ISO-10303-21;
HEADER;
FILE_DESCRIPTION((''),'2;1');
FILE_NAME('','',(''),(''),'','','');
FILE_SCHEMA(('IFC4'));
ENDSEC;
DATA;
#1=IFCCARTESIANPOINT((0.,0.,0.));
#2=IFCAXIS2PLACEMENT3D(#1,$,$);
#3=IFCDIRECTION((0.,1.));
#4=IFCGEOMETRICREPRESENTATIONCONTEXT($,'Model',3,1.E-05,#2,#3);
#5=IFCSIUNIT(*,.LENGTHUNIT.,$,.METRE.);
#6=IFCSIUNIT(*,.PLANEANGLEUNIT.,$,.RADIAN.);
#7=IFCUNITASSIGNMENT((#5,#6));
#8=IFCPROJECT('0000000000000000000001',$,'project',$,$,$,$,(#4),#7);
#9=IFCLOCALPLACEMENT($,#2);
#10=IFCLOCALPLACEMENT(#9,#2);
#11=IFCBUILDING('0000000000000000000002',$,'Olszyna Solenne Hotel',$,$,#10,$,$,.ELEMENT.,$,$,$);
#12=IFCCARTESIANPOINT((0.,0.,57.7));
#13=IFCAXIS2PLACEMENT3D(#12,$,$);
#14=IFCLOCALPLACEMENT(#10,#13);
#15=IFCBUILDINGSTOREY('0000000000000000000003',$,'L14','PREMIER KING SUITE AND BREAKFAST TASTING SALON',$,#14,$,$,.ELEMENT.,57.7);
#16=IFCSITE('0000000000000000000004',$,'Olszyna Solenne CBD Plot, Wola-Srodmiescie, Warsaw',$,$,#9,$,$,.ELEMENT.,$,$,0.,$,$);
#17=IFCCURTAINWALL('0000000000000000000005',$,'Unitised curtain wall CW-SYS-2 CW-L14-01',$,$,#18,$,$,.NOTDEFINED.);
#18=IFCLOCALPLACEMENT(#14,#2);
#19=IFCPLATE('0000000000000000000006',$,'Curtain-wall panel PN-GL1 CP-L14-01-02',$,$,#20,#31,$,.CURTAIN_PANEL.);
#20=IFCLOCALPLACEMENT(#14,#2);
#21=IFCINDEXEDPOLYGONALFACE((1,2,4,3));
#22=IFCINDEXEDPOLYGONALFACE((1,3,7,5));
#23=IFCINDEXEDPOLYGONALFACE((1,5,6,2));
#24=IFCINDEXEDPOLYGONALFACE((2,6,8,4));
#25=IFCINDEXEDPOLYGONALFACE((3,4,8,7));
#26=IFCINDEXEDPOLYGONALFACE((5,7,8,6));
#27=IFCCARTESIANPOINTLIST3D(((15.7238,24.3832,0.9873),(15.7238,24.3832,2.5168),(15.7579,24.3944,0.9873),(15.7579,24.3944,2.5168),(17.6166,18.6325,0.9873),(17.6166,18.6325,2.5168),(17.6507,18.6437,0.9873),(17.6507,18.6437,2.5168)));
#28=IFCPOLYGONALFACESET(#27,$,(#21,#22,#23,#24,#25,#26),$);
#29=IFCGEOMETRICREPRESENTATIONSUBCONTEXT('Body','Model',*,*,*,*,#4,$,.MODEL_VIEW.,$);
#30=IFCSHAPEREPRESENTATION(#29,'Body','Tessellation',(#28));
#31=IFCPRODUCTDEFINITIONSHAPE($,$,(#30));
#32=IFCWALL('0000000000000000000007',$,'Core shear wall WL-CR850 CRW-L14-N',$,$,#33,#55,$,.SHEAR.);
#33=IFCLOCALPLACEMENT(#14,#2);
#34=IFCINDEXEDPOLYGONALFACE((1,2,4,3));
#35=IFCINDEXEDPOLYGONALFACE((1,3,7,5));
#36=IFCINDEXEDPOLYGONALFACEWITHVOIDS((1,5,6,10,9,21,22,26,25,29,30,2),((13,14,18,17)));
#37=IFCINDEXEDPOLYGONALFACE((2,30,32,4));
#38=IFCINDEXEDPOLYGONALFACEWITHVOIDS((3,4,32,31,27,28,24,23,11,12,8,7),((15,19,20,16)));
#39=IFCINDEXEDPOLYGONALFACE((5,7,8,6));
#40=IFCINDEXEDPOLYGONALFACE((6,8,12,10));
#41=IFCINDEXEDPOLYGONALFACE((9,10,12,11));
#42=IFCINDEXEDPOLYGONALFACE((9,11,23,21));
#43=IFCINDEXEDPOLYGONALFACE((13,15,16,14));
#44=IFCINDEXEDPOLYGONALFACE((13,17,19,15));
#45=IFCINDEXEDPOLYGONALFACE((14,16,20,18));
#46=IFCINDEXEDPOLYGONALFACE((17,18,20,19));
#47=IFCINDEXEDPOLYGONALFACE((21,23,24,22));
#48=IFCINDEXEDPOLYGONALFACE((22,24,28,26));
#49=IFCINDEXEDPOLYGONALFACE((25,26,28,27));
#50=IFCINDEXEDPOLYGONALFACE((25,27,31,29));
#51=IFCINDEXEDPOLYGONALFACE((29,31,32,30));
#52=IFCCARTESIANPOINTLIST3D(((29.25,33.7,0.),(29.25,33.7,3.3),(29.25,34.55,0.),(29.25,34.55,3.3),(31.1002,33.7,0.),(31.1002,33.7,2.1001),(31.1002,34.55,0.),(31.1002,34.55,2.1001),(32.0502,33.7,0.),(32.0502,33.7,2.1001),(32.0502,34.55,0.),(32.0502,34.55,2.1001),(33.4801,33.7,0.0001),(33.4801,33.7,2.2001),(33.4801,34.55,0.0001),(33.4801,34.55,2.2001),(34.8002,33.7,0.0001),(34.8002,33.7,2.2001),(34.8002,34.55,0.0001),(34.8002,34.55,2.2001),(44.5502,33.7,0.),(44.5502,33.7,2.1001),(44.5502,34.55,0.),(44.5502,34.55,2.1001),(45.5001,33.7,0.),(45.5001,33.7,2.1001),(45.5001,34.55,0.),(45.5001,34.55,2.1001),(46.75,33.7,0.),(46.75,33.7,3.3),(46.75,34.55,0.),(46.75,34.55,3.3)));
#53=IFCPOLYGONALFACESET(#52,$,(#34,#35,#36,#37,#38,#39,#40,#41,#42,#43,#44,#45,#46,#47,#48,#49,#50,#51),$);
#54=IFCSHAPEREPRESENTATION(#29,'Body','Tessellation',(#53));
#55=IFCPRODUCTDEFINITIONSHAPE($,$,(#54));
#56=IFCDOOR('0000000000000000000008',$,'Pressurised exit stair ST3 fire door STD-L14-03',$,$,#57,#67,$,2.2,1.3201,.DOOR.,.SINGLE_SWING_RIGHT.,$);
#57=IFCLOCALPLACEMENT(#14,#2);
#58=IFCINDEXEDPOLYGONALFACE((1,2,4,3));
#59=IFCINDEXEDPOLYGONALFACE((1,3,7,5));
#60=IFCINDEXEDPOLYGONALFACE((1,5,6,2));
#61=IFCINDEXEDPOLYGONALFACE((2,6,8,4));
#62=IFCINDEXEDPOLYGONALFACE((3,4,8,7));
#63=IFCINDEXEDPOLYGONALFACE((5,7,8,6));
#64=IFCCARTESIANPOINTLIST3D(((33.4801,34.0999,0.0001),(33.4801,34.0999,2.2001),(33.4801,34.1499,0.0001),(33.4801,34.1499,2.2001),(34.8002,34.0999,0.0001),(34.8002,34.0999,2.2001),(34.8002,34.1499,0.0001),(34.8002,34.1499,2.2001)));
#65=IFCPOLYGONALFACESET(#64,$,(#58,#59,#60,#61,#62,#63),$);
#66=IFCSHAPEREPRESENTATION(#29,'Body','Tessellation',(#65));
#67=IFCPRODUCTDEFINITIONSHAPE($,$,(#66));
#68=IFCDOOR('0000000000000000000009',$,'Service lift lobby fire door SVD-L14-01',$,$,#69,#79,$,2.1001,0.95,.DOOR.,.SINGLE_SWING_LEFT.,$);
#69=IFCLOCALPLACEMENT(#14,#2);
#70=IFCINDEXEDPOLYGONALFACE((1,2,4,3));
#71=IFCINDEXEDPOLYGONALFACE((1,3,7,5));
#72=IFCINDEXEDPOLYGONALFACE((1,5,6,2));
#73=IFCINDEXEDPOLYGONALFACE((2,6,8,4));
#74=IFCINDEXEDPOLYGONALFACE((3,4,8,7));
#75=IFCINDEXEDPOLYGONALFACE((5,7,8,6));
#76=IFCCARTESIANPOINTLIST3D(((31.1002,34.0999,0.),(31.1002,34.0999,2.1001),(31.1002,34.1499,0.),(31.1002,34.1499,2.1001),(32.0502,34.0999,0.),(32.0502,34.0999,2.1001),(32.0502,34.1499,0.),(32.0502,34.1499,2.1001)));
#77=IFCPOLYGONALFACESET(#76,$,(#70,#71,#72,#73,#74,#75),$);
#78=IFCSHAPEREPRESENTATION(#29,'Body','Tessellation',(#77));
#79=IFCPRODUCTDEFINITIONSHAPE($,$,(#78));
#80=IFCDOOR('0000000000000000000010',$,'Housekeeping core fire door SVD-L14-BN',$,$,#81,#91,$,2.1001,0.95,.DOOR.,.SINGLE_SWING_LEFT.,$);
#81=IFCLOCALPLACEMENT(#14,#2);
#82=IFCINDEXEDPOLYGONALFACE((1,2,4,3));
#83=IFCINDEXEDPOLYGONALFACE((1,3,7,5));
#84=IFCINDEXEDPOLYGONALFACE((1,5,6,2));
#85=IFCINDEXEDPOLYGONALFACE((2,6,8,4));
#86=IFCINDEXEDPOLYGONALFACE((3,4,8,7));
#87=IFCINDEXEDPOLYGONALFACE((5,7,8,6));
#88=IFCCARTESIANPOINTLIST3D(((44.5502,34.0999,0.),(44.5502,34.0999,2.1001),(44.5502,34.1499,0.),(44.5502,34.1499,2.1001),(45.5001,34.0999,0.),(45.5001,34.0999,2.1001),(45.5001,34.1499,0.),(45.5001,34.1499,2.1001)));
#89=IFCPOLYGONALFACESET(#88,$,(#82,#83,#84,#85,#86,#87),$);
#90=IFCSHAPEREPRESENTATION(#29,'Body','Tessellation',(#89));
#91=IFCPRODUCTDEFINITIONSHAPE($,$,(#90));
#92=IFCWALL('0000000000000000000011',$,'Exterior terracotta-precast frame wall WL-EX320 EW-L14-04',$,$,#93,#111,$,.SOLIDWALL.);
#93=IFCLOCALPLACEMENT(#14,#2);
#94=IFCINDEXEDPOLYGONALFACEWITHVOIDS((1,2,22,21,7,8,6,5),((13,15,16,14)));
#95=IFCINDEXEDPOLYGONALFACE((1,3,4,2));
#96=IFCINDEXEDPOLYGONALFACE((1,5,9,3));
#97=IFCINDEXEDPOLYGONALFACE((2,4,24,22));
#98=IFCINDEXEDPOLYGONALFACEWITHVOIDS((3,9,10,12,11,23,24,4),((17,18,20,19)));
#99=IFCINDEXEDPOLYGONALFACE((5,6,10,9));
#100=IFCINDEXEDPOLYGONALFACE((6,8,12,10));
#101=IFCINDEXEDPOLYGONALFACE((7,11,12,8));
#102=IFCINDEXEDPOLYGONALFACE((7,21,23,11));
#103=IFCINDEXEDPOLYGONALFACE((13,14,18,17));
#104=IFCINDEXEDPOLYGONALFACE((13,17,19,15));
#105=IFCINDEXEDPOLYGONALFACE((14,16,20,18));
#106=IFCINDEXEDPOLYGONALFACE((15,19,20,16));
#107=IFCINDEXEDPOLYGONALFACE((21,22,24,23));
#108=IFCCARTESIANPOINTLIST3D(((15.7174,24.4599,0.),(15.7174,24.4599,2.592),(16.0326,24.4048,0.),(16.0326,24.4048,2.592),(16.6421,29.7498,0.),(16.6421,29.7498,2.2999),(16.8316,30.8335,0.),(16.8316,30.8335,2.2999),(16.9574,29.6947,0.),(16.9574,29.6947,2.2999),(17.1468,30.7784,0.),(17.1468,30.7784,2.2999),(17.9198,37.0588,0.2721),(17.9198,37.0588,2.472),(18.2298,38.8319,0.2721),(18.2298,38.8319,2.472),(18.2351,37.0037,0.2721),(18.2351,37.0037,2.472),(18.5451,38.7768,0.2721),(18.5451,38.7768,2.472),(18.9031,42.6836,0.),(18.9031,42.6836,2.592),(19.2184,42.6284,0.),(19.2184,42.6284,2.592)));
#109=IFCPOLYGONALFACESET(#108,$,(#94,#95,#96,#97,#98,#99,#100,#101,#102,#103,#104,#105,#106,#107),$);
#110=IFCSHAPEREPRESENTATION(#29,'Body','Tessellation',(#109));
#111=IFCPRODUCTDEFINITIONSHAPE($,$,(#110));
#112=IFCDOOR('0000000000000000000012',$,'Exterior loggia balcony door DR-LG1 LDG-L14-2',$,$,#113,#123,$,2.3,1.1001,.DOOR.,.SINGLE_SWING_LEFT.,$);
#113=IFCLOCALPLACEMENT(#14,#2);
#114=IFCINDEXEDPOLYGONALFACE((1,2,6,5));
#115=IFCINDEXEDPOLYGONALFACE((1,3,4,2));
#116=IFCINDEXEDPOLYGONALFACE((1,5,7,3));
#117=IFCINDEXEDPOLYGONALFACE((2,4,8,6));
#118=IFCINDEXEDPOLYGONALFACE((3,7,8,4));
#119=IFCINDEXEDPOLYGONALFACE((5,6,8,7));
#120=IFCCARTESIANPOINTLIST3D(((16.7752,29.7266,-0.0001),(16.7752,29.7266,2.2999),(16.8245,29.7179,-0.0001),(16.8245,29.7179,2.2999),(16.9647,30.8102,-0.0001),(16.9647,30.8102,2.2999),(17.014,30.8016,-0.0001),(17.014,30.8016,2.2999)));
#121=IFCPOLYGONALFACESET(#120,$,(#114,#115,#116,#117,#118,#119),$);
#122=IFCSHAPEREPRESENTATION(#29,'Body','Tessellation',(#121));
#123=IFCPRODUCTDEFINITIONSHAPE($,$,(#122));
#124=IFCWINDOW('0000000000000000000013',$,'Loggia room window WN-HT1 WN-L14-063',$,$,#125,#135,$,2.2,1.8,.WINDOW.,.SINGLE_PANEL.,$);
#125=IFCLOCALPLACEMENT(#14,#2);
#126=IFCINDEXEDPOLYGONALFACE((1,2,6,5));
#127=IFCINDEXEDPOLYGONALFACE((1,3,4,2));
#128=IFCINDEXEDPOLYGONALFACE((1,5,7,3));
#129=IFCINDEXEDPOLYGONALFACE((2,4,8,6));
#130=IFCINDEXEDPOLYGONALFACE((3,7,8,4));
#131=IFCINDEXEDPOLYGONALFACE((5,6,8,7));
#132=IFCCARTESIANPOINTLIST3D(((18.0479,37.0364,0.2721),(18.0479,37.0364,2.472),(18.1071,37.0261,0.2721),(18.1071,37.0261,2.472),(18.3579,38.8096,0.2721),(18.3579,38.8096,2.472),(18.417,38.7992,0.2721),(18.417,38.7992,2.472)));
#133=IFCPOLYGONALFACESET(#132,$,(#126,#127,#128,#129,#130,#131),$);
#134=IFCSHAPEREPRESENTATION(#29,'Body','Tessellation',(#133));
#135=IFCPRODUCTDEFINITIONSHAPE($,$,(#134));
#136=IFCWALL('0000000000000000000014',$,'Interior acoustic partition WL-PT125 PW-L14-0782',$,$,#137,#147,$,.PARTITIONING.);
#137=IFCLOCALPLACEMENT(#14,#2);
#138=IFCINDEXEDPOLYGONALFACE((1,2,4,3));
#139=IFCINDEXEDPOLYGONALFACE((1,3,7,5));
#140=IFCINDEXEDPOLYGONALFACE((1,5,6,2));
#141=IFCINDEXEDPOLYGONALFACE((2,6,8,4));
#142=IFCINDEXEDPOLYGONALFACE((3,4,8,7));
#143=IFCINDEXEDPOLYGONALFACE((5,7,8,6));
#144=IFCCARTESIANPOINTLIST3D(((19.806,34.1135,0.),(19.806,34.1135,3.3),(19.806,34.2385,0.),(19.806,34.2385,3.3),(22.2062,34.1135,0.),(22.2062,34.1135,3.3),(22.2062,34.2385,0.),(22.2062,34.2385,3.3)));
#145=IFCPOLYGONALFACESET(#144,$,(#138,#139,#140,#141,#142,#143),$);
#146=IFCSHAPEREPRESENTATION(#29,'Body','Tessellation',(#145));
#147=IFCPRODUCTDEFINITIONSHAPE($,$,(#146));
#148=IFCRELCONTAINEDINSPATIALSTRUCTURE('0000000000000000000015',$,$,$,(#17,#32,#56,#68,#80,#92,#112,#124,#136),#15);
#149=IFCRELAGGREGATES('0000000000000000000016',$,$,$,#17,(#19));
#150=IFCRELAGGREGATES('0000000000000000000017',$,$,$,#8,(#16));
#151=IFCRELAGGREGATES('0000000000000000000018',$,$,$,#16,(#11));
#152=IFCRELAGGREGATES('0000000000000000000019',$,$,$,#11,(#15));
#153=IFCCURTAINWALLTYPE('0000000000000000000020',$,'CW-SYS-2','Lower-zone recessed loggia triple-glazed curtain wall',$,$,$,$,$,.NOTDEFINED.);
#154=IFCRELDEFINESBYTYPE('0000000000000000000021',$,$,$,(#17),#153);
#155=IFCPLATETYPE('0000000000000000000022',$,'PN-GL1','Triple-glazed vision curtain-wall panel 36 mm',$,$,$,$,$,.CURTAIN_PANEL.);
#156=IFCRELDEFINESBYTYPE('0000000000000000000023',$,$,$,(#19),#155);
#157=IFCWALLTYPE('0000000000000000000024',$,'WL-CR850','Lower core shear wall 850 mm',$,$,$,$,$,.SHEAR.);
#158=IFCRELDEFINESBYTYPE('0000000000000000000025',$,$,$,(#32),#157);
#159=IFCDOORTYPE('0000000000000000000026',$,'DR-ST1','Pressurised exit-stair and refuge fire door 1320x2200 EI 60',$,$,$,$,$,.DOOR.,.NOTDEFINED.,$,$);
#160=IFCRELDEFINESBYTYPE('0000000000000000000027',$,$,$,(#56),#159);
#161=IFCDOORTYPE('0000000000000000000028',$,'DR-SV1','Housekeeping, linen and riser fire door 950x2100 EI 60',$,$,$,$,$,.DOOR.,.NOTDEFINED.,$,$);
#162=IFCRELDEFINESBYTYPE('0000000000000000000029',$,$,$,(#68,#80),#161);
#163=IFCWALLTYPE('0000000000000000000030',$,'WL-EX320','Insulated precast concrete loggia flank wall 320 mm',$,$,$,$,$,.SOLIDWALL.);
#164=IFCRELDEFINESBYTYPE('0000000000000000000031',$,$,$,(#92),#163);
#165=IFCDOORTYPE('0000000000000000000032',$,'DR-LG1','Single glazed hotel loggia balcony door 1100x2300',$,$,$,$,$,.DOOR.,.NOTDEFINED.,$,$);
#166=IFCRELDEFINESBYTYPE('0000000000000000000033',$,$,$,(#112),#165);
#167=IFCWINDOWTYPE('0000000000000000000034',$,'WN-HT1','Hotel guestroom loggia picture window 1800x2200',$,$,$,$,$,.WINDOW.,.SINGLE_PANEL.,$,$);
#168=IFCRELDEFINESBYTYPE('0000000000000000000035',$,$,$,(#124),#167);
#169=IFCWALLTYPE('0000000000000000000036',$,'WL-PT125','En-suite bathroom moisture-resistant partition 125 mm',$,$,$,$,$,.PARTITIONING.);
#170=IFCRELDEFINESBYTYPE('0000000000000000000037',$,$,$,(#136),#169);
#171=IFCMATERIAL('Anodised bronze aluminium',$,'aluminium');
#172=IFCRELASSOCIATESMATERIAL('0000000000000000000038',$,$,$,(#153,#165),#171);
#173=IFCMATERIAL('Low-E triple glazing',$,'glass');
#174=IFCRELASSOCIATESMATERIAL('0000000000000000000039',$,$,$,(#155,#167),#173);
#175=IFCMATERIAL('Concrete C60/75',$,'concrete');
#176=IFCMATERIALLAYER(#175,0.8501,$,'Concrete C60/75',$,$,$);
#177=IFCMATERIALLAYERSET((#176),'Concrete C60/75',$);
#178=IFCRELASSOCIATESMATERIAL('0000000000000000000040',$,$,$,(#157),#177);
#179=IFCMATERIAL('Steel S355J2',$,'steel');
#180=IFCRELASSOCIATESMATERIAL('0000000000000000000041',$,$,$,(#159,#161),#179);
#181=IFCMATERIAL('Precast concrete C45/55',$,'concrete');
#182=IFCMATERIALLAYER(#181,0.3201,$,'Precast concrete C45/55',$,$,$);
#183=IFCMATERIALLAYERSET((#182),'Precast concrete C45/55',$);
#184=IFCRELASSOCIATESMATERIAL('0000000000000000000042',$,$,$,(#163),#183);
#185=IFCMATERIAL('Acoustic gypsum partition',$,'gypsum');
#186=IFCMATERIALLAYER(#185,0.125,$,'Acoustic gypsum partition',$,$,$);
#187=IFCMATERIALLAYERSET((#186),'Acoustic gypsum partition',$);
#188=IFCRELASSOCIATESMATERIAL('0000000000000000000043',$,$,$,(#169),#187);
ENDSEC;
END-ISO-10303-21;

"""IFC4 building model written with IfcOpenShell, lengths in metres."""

from ifc_helpers import new_model, si_unit, direction, frame, frame_2d, origin, origin_2d, place, context, subcontext, project, spatial, rectangle, extrude, source, transform, mapped, material, layer, layer_set, type_object, type_shapes, element, fill, aggregate, save


model = new_model("IFC4")

# Units and contexts
model_context = context("Model", 3, precision=1e-05, world=origin(), true_north=direction((0.0, 1.0)))
body_context = subcontext(model_context, "Body", "Model", "MODEL_VIEW")
ifc_project = project(units=[si_unit("LENGTHUNIT", "METRE"), si_unit("PLANEANGLEUNIT", "RADIAN")], contexts=[model_context])

# Site, building, storey
site_placement = place(None, origin())
site = spatial("IfcSite", under=ifc_project, at=site_placement, Name="Olszyna Solenne CBD Plot, Wola-Srodmiescie, Warsaw", CompositionType="ELEMENT", RefElevation=0.0)
building_placement = place(site_placement, origin())
building = spatial("IfcBuilding", under=site, at=building_placement, Name="Olszyna Solenne Hotel", CompositionType="ELEMENT")
storey_placement = place(building_placement, frame((0.0, 0.0, 57.7)))
storey = spatial("IfcBuildingStorey", under=building, at=storey_placement, Name="L14", Description="PREMIER KING SUITE AND BREAKFAST TASTING SALON", CompositionType="ELEMENT", Elevation=57.7)

# Shared definitions
ifc_material_1 = material(Name="Steel S355J2", Category="steel")

# Curtain wall, plate
ifc_material_2 = material(Name="Anodised bronze aluminium", Category="aluminium")
curtain_wall_type = type_object("IfcCurtainWallType", Name="CW-SYS-2", Description="Lower-zone recessed loggia triple-glazed curtain wall", PredefinedType="NOTDEFINED", material=ifc_material_2)
curtain_wall_placement = place(storey_placement, origin())
curtain_wall = element("IfcCurtainWall", 1, at=curtain_wall_placement, inside=storey, type_object=curtain_wall_type, Name="Unitised curtain wall CW-SYS-2 CW-L14-01", PredefinedType="NOTDEFINED")
ifc_material_3 = material(Name="Low-E triple glazing", Category="glass")
plate_type_1 = type_object("IfcPlateType", Name="PN-GL1", Description="Triple-glazed vision curtain-wall panel 36 mm", PredefinedType="CURTAIN_PANEL", material=ifc_material_3)
shared_shape_1 = source(origin(), body_context, "Body", "SweptSolid", [
    extrude(rectangle(XDim=6.0542, YDim=0.0359, at=origin_2d()), origin(), (0.0, 0.0, 1.0), 1.5295),
])
plate_1_placement = place(storey_placement, frame((16.6873, 21.5134, 0.9873), z_axis=(0.0, 0.0, 1.0), x_axis=(0.312647, -0.94987, 0.0)))
plate_1 = element("IfcPlate", 2, at=plate_1_placement, type_object=plate_type_1, Name="Curtain-wall panel PN-GL1 CP-L14-01-02", PredefinedType="CURTAIN_PANEL", context=body_context, shape_type="MappedRepresentation", body=[
    mapped(shared_shape_1, transform((0.0, 0.0, 0.0), x_axis=(1.0, 0.0, 0.0), y_axis=(0.0, 1.0, 0.0), z_axis=(0.0, 0.0, 1.0), scale=1.0)),
])
aggregate(curtain_wall, [plate_1])

# Wall, openings, doors
ifc_material_4 = material(Name="Concrete C60/75", Category="concrete")
ifc_layer_1 = layer(ifc_material_4, 0.8501, Name="Concrete C60/75")
ifc_layer_set_1 = layer_set([ifc_layer_1], Name="Concrete C60/75")
wall_type_1 = type_object("IfcWallType", Name="WL-CR850", Description="Lower core shear wall 850 mm", PredefinedType="SHEAR", material=ifc_layer_set_1)
wall_1_placement = place(storey_placement, frame((29.25, 34.125, 0.0), z_axis=(0.0, 0.0, 1.0), x_axis=(1.0, 0.0, 0.0)))
wall_1 = element("IfcWall", 3, at=wall_1_placement, inside=storey, type_object=wall_type_1, Name="Core shear wall WL-CR850 CRW-L14-N", PredefinedType="SHEAR", context=body_context, shape_type="SweptSolid", body=[
    extrude(rectangle(XDim=17.5, YDim=0.8501, at=frame_2d((8.75, 0.0))), origin(), (0.0, 0.0, 1.0), 3.3),
])
opening_1_placement = place(wall_1_placement, frame((1.8501, 0.0, 0.0)))
opening_1 = element("IfcOpeningElement", 4, at=opening_1_placement, cuts=wall_1, PredefinedType="OPENING", context=body_context, shape_type="SweptSolid", body=[
    extrude(rectangle(XDim=0.95, YDim=2.1001, at=frame_2d((0.4751, 1.05))), frame((0.0, 0.4351, 0.0), z_axis=(0.0, -1.0, 0.0), x_axis=(1.0, 0.0, 0.0)), (0.0, 0.0, 1.0), 0.8701),
])
opening_2_placement = place(wall_1_placement, frame((4.23, 0.0, 0.0)))
opening_2 = element("IfcOpeningElement", 5, at=opening_2_placement, cuts=wall_1, PredefinedType="OPENING", context=body_context, shape_type="SweptSolid", body=[
    extrude(rectangle(XDim=1.3201, YDim=2.2, at=frame_2d((0.6602, 1.1001))), frame((0.0, 0.4351, 0.0), z_axis=(0.0, -1.0, 0.0), x_axis=(1.0, 0.0, 0.0)), (0.0, 0.0, 1.0), 0.8701),
])
opening_3_placement = place(wall_1_placement, frame((15.3, 0.0, 0.0)))
opening_3 = element("IfcOpeningElement", 6, at=opening_3_placement, cuts=wall_1, PredefinedType="OPENING", context=body_context, shape_type="SweptSolid", body=[
    extrude(rectangle(XDim=0.95, YDim=2.1001, at=frame_2d((0.4751, 1.05))), frame((0.0, 0.4351, 0.0), z_axis=(0.0, -1.0, 0.0), x_axis=(1.0, 0.0, 0.0)), (0.0, 0.0, 1.0), 0.8701),
])
door_type_1 = type_object("IfcDoorType", Name="DR-ST1", Description="Pressurised exit-stair and refuge fire door 1320x2200 EI 60", OperationType="NOTDEFINED", PredefinedType="DOOR", material=ifc_material_1)
shared_shape_2 = source(origin(), body_context, "Body", "SweptSolid", [
    extrude(rectangle(XDim=1.3201, YDim=2.2, at=frame_2d((0.6602, 1.1001))), frame((0.0, 0.0249, 0.0), z_axis=(0.0, -1.0, 0.0), x_axis=(1.0, 0.0, 0.0)), (0.0, 0.0, 1.0), 0.05),
])
type_shapes(door_type_1, [shared_shape_2])
door_1_placement = place(opening_2_placement, origin())
door_1 = element("IfcDoor", 7, at=door_1_placement, inside=storey, type_object=door_type_1, Name="Pressurised exit stair ST3 fire door STD-L14-03", OperationType="SINGLE_SWING_RIGHT", OverallHeight=2.2, OverallWidth=1.3201, PredefinedType="DOOR", context=body_context, shape_type="MappedRepresentation", body=[
    mapped(shared_shape_2, transform((0.0, 0.0, 0.0), x_axis=(1.0, 0.0, 0.0), y_axis=(0.0, 1.0, 0.0), z_axis=(0.0, 0.0, 1.0), scale=1.0)),
])
fill(opening_2, door_1)
door_type_2 = type_object("IfcDoorType", Name="DR-SV1", Description="Housekeeping, linen and riser fire door 950x2100 EI 60", OperationType="NOTDEFINED", PredefinedType="DOOR", material=ifc_material_1)
shared_shape_3 = source(origin(), body_context, "Body", "SweptSolid", [
    extrude(rectangle(XDim=0.95, YDim=2.1001, at=frame_2d((0.4751, 1.05))), frame((0.0, 0.0249, 0.0), z_axis=(0.0, -1.0, 0.0), x_axis=(1.0, 0.0, 0.0)), (0.0, 0.0, 1.0), 0.05),
])
type_shapes(door_type_2, [shared_shape_3])
door_2_placement = place(opening_1_placement, origin())
door_2 = element("IfcDoor", 8, at=door_2_placement, inside=storey, type_object=door_type_2, Name="Service lift lobby fire door SVD-L14-01", OperationType="SINGLE_SWING_LEFT", OverallHeight=2.1001, OverallWidth=0.95, PredefinedType="DOOR", context=body_context, shape_type="MappedRepresentation", body=[
    mapped(shared_shape_3, transform((0.0, 0.0, 0.0), x_axis=(1.0, 0.0, 0.0), y_axis=(0.0, 1.0, 0.0), z_axis=(0.0, 0.0, 1.0), scale=1.0)),
])
fill(opening_1, door_2)
door_3_placement = place(opening_3_placement, origin())
door_3 = element("IfcDoor", 9, at=door_3_placement, inside=storey, type_object=door_type_2, Name="Housekeeping core fire door SVD-L14-BN", OperationType="SINGLE_SWING_LEFT", OverallHeight=2.1001, OverallWidth=0.95, PredefinedType="DOOR", context=body_context, shape_type="MappedRepresentation", body=[
    mapped(shared_shape_3, transform((0.0, 0.0, 0.0), x_axis=(1.0, 0.0, 0.0), y_axis=(0.0, 1.0, 0.0), z_axis=(0.0, 0.0, 1.0), scale=1.0)),
])
fill(opening_3, door_3)

# Wall, openings, door, window
ifc_material_5 = material(Name="Precast concrete C45/55", Category="concrete")
ifc_layer_2 = layer(ifc_material_5, 0.3201, Name="Precast concrete C45/55")
ifc_layer_set_2 = layer_set([ifc_layer_2], Name="Precast concrete C45/55")
wall_type_2 = type_object("IfcWallType", Name="WL-EX320", Description="Insulated precast concrete loggia flank wall 320 mm", PredefinedType="SOLIDWALL", material=ifc_layer_set_2)
wall_2_placement = place(storey_placement, frame((15.875, 24.4324, 0.0), z_axis=(0.0, 0.0, 1.0), x_axis=(0.172205, 0.985061, 0.0)))
wall_2 = element("IfcWall", 10, at=wall_2_placement, inside=storey, type_object=wall_type_2, Name="Exterior terracotta-precast frame wall WL-EX320 EW-L14-04", PredefinedType="SOLIDWALL", context=body_context, shape_type="SweptSolid", body=[
    extrude(rectangle(XDim=18.5, YDim=0.3201, at=frame_2d((9.25, 0.0))), origin(), (0.0, 0.0, 1.0), 2.592),
])
opening_4_placement = place(wall_2_placement, frame((5.3701, 0.0, 0.0)))
opening_4 = element("IfcOpeningElement", 11, at=opening_4_placement, cuts=wall_2, PredefinedType="OPENING", context=body_context, shape_type="SweptSolid", body=[
    extrude(rectangle(XDim=1.1001, YDim=2.3, at=frame_2d((0.55, 1.1499))), frame((0.0, 0.1699, 0.0), z_axis=(0.0, -1.0, 0.0), x_axis=(1.0, 0.0, 0.0)), (0.0, 0.0, 1.0), 0.3401),
])
opening_5_placement = place(wall_2_placement, frame((12.79, 0.0, 0.272)))
opening_5 = element("IfcOpeningElement", 12, at=opening_5_placement, cuts=wall_2, PredefinedType="OPENING", context=body_context, shape_type="SweptSolid", body=[
    extrude(rectangle(XDim=1.8, YDim=2.2, at=frame_2d((0.8999, 1.1001))), frame((0.0, 0.1699, 0.0), z_axis=(0.0, -1.0, 0.0), x_axis=(1.0, 0.0, 0.0)), (0.0, 0.0, 1.0), 0.3401),
])
door_type_3 = type_object("IfcDoorType", Name="DR-LG1", Description="Single glazed hotel loggia balcony door 1100x2300", OperationType="NOTDEFINED", PredefinedType="DOOR", material=ifc_material_2)
shared_shape_4 = source(origin(), body_context, "Body", "SweptSolid", [
    extrude(rectangle(XDim=1.1001, YDim=2.3, at=frame_2d((0.55, 1.1499))), frame((0.0, 0.0249, 0.0), z_axis=(0.0, -1.0, 0.0), x_axis=(1.0, 0.0, 0.0)), (0.0, 0.0, 1.0), 0.05),
])
type_shapes(door_type_3, [shared_shape_4])
door_4_placement = place(opening_4_placement, origin())
door_4 = element("IfcDoor", 13, at=door_4_placement, inside=storey, type_object=door_type_3, Name="Exterior loggia balcony door DR-LG1 LDG-L14-2", OperationType="SINGLE_SWING_LEFT", OverallHeight=2.3, OverallWidth=1.1001, PredefinedType="DOOR", context=body_context, shape_type="MappedRepresentation", body=[
    mapped(shared_shape_4, transform((0.0, 0.0, 0.0), x_axis=(1.0, 0.0, 0.0), y_axis=(0.0, 1.0, 0.0), z_axis=(0.0, 0.0, 1.0), scale=1.0)),
])
fill(opening_4, door_4)
window_type = type_object("IfcWindowType", Name="WN-HT1", Description="Hotel guestroom loggia picture window 1800x2200", PartitioningType="SINGLE_PANEL", PredefinedType="WINDOW", material=ifc_material_3)
shared_shape_5 = source(origin(), body_context, "Body", "SweptSolid", [
    extrude(rectangle(XDim=1.8, YDim=2.2, at=frame_2d((0.8999, 1.1001))), frame((0.0, 0.03, 0.0), z_axis=(0.0, -1.0, 0.0), x_axis=(1.0, 0.0, 0.0)), (0.0, 0.0, 1.0), 0.0601),
])
type_shapes(window_type, [shared_shape_5])
window_placement = place(opening_5_placement, origin())
window = element("IfcWindow", 14, at=window_placement, inside=storey, type_object=window_type, Name="Loggia room window WN-HT1 WN-L14-063", OverallHeight=2.2, OverallWidth=1.8, PartitioningType="SINGLE_PANEL", PredefinedType="WINDOW", context=body_context, shape_type="MappedRepresentation", body=[
    mapped(shared_shape_5, transform((0.0, 0.0, 0.0), x_axis=(1.0, 0.0, 0.0), y_axis=(0.0, 1.0, 0.0), z_axis=(0.0, 0.0, 1.0), scale=1.0)),
])
fill(opening_5, window)

# Wall
ifc_material_6 = material(Name="Acoustic gypsum partition", Category="gypsum")
ifc_layer_3 = layer(ifc_material_6, 0.125, Name="Acoustic gypsum partition")
ifc_layer_set_3 = layer_set([ifc_layer_3], Name="Acoustic gypsum partition")
wall_type_3 = type_object("IfcWallType", Name="WL-PT125", Description="En-suite bathroom moisture-resistant partition 125 mm", PredefinedType="PARTITIONING", material=ifc_layer_set_3)
wall_3_placement = place(storey_placement, frame((19.8059, 34.176, 0.0), z_axis=(0.0, 0.0, 1.0), x_axis=(1.0, 0.0, 0.0)))
element("IfcWall", 15, at=wall_3_placement, inside=storey, type_object=wall_type_3, Name="Interior acoustic partition WL-PT125 PW-L14-0782", PredefinedType="PARTITIONING", context=body_context, shape_type="SweptSolid", body=[
    extrude(rectangle(XDim=2.4001, YDim=0.125, at=frame_2d((1.2002, 0.0))), origin(), (0.0, 0.0, 1.0), 3.3),
])

save(model, "model.ifc")
